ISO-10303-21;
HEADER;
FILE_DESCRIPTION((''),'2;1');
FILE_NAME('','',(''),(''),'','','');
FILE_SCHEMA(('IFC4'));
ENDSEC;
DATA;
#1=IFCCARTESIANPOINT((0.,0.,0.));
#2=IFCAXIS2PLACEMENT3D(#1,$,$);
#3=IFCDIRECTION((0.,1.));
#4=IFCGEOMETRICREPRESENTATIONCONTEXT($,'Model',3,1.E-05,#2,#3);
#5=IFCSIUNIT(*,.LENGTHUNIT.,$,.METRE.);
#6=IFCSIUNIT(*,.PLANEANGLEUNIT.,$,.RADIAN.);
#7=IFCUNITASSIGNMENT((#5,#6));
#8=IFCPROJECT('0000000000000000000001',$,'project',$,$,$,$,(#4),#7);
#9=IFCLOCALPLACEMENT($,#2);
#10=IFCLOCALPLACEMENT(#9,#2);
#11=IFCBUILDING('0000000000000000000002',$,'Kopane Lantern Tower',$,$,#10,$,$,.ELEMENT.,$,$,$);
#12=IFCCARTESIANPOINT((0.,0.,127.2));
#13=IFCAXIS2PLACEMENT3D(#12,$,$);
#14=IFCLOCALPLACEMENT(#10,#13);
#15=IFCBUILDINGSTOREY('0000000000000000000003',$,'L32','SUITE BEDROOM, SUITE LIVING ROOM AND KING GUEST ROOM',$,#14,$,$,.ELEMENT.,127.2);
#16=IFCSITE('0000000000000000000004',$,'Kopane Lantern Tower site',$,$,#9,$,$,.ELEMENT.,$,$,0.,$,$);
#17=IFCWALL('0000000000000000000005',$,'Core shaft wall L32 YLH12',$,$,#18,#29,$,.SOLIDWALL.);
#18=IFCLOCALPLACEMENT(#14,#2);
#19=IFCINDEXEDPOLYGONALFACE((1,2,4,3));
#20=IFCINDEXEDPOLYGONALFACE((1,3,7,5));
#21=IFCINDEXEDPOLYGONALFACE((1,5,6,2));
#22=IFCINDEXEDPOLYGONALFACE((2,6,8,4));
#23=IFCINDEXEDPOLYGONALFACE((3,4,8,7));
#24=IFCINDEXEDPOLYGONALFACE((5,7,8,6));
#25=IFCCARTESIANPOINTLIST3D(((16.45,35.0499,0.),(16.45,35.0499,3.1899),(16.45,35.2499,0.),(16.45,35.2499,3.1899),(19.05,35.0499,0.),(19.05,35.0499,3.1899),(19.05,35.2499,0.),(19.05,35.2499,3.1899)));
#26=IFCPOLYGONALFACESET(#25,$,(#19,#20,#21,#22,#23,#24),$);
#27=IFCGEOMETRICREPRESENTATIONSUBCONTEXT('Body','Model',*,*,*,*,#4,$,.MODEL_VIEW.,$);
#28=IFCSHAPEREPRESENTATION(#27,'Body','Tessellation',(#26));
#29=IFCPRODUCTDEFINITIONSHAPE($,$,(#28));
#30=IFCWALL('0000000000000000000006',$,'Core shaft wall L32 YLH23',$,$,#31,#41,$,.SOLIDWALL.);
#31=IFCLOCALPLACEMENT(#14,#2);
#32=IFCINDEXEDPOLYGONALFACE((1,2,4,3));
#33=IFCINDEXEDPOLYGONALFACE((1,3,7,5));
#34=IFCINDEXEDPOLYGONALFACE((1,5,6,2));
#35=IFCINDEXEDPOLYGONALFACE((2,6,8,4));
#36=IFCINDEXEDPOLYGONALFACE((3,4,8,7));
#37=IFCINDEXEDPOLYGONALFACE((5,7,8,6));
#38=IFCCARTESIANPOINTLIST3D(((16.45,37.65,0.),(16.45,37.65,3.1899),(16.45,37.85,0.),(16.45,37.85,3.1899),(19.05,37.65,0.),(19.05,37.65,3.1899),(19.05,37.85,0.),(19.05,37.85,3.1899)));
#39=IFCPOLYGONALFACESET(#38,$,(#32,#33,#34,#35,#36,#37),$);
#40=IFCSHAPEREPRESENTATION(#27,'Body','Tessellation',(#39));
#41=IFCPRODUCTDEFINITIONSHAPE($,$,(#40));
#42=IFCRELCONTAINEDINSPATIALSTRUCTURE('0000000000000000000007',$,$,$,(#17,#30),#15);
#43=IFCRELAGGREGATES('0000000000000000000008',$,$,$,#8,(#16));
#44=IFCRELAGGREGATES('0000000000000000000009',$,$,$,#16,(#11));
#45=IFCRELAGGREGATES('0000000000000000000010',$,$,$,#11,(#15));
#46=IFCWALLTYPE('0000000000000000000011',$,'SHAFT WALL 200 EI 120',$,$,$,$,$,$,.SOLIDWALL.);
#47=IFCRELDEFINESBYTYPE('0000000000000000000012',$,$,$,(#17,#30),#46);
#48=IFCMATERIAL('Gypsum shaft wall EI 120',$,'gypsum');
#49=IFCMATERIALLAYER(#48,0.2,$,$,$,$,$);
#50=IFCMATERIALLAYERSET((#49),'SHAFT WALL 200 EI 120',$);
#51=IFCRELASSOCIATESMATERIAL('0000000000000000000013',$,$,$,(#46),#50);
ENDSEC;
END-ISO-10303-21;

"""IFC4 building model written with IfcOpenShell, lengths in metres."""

from ifc_helpers import new_model, si_unit, direction, frame, frame_2d, origin, place, context, subcontext, project, spatial, rectangle, extrude, material, layer, layer_set, type_object, element, save


model = new_model("IFC4")

# Units and contexts
model_context = context("Model", 3, precision=1e-05, world=origin(), true_north=direction((0.0, 1.0)))
body_context = subcontext(model_context, "Body", "Model", "MODEL_VIEW")
ifc_project = project(units=[si_unit("LENGTHUNIT", "METRE"), si_unit("PLANEANGLEUNIT", "RADIAN")], contexts=[model_context])

# Site, building, storey
site_placement = place(None, origin())
site = spatial("IfcSite", under=ifc_project, at=site_placement, Name="Kopane Lantern Tower site", CompositionType="ELEMENT", RefElevation=0.0)
building_placement = place(site_placement, origin())
building = spatial("IfcBuilding", under=site, at=building_placement, Name="Kopane Lantern Tower", CompositionType="ELEMENT")
storey_placement = place(building_placement, frame((0.0, 0.0, 127.2)))
storey = spatial("IfcBuildingStorey", under=building, at=storey_placement, Name="L32", Description="SUITE BEDROOM, SUITE LIVING ROOM AND KING GUEST ROOM", CompositionType="ELEMENT", Elevation=127.2)

# Walls
ifc_material_1 = material(Name="Gypsum shaft wall EI 120", Category="gypsum")
ifc_layer_1 = layer(ifc_material_1, 0.2)
ifc_layer_set_1 = layer_set([ifc_layer_1], Name="SHAFT WALL 200 EI 120")
wall_type_1 = type_object("IfcWallType", Name="SHAFT WALL 200 EI 120", PredefinedType="SOLIDWALL", material=ifc_layer_set_1)
for number, where, z_axis, x_axis, name in (
    (1, (16.45, 35.1499, 0.0), (0.0, 0.0, 1.0), (1.0, 0.0, 0.0), "Core shaft wall L32 YLH12"),
    (2, (16.45, 37.75, 0.0), (0.0, 0.0, 1.0), (1.0, 0.0, 0.0), "Core shaft wall L32 YLH23"),
):
    element("IfcWall", number, at=place(storey_placement, frame(where, z_axis=z_axis, x_axis=x_axis)), inside=storey, type_object=wall_type_1, Name=name, PredefinedType="SOLIDWALL", context=body_context, shape_type="SweptSolid", body=[
        extrude(rectangle(XDim=2.6001, YDim=0.2, at=frame_2d((1.3, 0.0))), origin(), (0.0, 0.0, 1.0), 3.1899),
    ])

save(model, "model.ifc")
